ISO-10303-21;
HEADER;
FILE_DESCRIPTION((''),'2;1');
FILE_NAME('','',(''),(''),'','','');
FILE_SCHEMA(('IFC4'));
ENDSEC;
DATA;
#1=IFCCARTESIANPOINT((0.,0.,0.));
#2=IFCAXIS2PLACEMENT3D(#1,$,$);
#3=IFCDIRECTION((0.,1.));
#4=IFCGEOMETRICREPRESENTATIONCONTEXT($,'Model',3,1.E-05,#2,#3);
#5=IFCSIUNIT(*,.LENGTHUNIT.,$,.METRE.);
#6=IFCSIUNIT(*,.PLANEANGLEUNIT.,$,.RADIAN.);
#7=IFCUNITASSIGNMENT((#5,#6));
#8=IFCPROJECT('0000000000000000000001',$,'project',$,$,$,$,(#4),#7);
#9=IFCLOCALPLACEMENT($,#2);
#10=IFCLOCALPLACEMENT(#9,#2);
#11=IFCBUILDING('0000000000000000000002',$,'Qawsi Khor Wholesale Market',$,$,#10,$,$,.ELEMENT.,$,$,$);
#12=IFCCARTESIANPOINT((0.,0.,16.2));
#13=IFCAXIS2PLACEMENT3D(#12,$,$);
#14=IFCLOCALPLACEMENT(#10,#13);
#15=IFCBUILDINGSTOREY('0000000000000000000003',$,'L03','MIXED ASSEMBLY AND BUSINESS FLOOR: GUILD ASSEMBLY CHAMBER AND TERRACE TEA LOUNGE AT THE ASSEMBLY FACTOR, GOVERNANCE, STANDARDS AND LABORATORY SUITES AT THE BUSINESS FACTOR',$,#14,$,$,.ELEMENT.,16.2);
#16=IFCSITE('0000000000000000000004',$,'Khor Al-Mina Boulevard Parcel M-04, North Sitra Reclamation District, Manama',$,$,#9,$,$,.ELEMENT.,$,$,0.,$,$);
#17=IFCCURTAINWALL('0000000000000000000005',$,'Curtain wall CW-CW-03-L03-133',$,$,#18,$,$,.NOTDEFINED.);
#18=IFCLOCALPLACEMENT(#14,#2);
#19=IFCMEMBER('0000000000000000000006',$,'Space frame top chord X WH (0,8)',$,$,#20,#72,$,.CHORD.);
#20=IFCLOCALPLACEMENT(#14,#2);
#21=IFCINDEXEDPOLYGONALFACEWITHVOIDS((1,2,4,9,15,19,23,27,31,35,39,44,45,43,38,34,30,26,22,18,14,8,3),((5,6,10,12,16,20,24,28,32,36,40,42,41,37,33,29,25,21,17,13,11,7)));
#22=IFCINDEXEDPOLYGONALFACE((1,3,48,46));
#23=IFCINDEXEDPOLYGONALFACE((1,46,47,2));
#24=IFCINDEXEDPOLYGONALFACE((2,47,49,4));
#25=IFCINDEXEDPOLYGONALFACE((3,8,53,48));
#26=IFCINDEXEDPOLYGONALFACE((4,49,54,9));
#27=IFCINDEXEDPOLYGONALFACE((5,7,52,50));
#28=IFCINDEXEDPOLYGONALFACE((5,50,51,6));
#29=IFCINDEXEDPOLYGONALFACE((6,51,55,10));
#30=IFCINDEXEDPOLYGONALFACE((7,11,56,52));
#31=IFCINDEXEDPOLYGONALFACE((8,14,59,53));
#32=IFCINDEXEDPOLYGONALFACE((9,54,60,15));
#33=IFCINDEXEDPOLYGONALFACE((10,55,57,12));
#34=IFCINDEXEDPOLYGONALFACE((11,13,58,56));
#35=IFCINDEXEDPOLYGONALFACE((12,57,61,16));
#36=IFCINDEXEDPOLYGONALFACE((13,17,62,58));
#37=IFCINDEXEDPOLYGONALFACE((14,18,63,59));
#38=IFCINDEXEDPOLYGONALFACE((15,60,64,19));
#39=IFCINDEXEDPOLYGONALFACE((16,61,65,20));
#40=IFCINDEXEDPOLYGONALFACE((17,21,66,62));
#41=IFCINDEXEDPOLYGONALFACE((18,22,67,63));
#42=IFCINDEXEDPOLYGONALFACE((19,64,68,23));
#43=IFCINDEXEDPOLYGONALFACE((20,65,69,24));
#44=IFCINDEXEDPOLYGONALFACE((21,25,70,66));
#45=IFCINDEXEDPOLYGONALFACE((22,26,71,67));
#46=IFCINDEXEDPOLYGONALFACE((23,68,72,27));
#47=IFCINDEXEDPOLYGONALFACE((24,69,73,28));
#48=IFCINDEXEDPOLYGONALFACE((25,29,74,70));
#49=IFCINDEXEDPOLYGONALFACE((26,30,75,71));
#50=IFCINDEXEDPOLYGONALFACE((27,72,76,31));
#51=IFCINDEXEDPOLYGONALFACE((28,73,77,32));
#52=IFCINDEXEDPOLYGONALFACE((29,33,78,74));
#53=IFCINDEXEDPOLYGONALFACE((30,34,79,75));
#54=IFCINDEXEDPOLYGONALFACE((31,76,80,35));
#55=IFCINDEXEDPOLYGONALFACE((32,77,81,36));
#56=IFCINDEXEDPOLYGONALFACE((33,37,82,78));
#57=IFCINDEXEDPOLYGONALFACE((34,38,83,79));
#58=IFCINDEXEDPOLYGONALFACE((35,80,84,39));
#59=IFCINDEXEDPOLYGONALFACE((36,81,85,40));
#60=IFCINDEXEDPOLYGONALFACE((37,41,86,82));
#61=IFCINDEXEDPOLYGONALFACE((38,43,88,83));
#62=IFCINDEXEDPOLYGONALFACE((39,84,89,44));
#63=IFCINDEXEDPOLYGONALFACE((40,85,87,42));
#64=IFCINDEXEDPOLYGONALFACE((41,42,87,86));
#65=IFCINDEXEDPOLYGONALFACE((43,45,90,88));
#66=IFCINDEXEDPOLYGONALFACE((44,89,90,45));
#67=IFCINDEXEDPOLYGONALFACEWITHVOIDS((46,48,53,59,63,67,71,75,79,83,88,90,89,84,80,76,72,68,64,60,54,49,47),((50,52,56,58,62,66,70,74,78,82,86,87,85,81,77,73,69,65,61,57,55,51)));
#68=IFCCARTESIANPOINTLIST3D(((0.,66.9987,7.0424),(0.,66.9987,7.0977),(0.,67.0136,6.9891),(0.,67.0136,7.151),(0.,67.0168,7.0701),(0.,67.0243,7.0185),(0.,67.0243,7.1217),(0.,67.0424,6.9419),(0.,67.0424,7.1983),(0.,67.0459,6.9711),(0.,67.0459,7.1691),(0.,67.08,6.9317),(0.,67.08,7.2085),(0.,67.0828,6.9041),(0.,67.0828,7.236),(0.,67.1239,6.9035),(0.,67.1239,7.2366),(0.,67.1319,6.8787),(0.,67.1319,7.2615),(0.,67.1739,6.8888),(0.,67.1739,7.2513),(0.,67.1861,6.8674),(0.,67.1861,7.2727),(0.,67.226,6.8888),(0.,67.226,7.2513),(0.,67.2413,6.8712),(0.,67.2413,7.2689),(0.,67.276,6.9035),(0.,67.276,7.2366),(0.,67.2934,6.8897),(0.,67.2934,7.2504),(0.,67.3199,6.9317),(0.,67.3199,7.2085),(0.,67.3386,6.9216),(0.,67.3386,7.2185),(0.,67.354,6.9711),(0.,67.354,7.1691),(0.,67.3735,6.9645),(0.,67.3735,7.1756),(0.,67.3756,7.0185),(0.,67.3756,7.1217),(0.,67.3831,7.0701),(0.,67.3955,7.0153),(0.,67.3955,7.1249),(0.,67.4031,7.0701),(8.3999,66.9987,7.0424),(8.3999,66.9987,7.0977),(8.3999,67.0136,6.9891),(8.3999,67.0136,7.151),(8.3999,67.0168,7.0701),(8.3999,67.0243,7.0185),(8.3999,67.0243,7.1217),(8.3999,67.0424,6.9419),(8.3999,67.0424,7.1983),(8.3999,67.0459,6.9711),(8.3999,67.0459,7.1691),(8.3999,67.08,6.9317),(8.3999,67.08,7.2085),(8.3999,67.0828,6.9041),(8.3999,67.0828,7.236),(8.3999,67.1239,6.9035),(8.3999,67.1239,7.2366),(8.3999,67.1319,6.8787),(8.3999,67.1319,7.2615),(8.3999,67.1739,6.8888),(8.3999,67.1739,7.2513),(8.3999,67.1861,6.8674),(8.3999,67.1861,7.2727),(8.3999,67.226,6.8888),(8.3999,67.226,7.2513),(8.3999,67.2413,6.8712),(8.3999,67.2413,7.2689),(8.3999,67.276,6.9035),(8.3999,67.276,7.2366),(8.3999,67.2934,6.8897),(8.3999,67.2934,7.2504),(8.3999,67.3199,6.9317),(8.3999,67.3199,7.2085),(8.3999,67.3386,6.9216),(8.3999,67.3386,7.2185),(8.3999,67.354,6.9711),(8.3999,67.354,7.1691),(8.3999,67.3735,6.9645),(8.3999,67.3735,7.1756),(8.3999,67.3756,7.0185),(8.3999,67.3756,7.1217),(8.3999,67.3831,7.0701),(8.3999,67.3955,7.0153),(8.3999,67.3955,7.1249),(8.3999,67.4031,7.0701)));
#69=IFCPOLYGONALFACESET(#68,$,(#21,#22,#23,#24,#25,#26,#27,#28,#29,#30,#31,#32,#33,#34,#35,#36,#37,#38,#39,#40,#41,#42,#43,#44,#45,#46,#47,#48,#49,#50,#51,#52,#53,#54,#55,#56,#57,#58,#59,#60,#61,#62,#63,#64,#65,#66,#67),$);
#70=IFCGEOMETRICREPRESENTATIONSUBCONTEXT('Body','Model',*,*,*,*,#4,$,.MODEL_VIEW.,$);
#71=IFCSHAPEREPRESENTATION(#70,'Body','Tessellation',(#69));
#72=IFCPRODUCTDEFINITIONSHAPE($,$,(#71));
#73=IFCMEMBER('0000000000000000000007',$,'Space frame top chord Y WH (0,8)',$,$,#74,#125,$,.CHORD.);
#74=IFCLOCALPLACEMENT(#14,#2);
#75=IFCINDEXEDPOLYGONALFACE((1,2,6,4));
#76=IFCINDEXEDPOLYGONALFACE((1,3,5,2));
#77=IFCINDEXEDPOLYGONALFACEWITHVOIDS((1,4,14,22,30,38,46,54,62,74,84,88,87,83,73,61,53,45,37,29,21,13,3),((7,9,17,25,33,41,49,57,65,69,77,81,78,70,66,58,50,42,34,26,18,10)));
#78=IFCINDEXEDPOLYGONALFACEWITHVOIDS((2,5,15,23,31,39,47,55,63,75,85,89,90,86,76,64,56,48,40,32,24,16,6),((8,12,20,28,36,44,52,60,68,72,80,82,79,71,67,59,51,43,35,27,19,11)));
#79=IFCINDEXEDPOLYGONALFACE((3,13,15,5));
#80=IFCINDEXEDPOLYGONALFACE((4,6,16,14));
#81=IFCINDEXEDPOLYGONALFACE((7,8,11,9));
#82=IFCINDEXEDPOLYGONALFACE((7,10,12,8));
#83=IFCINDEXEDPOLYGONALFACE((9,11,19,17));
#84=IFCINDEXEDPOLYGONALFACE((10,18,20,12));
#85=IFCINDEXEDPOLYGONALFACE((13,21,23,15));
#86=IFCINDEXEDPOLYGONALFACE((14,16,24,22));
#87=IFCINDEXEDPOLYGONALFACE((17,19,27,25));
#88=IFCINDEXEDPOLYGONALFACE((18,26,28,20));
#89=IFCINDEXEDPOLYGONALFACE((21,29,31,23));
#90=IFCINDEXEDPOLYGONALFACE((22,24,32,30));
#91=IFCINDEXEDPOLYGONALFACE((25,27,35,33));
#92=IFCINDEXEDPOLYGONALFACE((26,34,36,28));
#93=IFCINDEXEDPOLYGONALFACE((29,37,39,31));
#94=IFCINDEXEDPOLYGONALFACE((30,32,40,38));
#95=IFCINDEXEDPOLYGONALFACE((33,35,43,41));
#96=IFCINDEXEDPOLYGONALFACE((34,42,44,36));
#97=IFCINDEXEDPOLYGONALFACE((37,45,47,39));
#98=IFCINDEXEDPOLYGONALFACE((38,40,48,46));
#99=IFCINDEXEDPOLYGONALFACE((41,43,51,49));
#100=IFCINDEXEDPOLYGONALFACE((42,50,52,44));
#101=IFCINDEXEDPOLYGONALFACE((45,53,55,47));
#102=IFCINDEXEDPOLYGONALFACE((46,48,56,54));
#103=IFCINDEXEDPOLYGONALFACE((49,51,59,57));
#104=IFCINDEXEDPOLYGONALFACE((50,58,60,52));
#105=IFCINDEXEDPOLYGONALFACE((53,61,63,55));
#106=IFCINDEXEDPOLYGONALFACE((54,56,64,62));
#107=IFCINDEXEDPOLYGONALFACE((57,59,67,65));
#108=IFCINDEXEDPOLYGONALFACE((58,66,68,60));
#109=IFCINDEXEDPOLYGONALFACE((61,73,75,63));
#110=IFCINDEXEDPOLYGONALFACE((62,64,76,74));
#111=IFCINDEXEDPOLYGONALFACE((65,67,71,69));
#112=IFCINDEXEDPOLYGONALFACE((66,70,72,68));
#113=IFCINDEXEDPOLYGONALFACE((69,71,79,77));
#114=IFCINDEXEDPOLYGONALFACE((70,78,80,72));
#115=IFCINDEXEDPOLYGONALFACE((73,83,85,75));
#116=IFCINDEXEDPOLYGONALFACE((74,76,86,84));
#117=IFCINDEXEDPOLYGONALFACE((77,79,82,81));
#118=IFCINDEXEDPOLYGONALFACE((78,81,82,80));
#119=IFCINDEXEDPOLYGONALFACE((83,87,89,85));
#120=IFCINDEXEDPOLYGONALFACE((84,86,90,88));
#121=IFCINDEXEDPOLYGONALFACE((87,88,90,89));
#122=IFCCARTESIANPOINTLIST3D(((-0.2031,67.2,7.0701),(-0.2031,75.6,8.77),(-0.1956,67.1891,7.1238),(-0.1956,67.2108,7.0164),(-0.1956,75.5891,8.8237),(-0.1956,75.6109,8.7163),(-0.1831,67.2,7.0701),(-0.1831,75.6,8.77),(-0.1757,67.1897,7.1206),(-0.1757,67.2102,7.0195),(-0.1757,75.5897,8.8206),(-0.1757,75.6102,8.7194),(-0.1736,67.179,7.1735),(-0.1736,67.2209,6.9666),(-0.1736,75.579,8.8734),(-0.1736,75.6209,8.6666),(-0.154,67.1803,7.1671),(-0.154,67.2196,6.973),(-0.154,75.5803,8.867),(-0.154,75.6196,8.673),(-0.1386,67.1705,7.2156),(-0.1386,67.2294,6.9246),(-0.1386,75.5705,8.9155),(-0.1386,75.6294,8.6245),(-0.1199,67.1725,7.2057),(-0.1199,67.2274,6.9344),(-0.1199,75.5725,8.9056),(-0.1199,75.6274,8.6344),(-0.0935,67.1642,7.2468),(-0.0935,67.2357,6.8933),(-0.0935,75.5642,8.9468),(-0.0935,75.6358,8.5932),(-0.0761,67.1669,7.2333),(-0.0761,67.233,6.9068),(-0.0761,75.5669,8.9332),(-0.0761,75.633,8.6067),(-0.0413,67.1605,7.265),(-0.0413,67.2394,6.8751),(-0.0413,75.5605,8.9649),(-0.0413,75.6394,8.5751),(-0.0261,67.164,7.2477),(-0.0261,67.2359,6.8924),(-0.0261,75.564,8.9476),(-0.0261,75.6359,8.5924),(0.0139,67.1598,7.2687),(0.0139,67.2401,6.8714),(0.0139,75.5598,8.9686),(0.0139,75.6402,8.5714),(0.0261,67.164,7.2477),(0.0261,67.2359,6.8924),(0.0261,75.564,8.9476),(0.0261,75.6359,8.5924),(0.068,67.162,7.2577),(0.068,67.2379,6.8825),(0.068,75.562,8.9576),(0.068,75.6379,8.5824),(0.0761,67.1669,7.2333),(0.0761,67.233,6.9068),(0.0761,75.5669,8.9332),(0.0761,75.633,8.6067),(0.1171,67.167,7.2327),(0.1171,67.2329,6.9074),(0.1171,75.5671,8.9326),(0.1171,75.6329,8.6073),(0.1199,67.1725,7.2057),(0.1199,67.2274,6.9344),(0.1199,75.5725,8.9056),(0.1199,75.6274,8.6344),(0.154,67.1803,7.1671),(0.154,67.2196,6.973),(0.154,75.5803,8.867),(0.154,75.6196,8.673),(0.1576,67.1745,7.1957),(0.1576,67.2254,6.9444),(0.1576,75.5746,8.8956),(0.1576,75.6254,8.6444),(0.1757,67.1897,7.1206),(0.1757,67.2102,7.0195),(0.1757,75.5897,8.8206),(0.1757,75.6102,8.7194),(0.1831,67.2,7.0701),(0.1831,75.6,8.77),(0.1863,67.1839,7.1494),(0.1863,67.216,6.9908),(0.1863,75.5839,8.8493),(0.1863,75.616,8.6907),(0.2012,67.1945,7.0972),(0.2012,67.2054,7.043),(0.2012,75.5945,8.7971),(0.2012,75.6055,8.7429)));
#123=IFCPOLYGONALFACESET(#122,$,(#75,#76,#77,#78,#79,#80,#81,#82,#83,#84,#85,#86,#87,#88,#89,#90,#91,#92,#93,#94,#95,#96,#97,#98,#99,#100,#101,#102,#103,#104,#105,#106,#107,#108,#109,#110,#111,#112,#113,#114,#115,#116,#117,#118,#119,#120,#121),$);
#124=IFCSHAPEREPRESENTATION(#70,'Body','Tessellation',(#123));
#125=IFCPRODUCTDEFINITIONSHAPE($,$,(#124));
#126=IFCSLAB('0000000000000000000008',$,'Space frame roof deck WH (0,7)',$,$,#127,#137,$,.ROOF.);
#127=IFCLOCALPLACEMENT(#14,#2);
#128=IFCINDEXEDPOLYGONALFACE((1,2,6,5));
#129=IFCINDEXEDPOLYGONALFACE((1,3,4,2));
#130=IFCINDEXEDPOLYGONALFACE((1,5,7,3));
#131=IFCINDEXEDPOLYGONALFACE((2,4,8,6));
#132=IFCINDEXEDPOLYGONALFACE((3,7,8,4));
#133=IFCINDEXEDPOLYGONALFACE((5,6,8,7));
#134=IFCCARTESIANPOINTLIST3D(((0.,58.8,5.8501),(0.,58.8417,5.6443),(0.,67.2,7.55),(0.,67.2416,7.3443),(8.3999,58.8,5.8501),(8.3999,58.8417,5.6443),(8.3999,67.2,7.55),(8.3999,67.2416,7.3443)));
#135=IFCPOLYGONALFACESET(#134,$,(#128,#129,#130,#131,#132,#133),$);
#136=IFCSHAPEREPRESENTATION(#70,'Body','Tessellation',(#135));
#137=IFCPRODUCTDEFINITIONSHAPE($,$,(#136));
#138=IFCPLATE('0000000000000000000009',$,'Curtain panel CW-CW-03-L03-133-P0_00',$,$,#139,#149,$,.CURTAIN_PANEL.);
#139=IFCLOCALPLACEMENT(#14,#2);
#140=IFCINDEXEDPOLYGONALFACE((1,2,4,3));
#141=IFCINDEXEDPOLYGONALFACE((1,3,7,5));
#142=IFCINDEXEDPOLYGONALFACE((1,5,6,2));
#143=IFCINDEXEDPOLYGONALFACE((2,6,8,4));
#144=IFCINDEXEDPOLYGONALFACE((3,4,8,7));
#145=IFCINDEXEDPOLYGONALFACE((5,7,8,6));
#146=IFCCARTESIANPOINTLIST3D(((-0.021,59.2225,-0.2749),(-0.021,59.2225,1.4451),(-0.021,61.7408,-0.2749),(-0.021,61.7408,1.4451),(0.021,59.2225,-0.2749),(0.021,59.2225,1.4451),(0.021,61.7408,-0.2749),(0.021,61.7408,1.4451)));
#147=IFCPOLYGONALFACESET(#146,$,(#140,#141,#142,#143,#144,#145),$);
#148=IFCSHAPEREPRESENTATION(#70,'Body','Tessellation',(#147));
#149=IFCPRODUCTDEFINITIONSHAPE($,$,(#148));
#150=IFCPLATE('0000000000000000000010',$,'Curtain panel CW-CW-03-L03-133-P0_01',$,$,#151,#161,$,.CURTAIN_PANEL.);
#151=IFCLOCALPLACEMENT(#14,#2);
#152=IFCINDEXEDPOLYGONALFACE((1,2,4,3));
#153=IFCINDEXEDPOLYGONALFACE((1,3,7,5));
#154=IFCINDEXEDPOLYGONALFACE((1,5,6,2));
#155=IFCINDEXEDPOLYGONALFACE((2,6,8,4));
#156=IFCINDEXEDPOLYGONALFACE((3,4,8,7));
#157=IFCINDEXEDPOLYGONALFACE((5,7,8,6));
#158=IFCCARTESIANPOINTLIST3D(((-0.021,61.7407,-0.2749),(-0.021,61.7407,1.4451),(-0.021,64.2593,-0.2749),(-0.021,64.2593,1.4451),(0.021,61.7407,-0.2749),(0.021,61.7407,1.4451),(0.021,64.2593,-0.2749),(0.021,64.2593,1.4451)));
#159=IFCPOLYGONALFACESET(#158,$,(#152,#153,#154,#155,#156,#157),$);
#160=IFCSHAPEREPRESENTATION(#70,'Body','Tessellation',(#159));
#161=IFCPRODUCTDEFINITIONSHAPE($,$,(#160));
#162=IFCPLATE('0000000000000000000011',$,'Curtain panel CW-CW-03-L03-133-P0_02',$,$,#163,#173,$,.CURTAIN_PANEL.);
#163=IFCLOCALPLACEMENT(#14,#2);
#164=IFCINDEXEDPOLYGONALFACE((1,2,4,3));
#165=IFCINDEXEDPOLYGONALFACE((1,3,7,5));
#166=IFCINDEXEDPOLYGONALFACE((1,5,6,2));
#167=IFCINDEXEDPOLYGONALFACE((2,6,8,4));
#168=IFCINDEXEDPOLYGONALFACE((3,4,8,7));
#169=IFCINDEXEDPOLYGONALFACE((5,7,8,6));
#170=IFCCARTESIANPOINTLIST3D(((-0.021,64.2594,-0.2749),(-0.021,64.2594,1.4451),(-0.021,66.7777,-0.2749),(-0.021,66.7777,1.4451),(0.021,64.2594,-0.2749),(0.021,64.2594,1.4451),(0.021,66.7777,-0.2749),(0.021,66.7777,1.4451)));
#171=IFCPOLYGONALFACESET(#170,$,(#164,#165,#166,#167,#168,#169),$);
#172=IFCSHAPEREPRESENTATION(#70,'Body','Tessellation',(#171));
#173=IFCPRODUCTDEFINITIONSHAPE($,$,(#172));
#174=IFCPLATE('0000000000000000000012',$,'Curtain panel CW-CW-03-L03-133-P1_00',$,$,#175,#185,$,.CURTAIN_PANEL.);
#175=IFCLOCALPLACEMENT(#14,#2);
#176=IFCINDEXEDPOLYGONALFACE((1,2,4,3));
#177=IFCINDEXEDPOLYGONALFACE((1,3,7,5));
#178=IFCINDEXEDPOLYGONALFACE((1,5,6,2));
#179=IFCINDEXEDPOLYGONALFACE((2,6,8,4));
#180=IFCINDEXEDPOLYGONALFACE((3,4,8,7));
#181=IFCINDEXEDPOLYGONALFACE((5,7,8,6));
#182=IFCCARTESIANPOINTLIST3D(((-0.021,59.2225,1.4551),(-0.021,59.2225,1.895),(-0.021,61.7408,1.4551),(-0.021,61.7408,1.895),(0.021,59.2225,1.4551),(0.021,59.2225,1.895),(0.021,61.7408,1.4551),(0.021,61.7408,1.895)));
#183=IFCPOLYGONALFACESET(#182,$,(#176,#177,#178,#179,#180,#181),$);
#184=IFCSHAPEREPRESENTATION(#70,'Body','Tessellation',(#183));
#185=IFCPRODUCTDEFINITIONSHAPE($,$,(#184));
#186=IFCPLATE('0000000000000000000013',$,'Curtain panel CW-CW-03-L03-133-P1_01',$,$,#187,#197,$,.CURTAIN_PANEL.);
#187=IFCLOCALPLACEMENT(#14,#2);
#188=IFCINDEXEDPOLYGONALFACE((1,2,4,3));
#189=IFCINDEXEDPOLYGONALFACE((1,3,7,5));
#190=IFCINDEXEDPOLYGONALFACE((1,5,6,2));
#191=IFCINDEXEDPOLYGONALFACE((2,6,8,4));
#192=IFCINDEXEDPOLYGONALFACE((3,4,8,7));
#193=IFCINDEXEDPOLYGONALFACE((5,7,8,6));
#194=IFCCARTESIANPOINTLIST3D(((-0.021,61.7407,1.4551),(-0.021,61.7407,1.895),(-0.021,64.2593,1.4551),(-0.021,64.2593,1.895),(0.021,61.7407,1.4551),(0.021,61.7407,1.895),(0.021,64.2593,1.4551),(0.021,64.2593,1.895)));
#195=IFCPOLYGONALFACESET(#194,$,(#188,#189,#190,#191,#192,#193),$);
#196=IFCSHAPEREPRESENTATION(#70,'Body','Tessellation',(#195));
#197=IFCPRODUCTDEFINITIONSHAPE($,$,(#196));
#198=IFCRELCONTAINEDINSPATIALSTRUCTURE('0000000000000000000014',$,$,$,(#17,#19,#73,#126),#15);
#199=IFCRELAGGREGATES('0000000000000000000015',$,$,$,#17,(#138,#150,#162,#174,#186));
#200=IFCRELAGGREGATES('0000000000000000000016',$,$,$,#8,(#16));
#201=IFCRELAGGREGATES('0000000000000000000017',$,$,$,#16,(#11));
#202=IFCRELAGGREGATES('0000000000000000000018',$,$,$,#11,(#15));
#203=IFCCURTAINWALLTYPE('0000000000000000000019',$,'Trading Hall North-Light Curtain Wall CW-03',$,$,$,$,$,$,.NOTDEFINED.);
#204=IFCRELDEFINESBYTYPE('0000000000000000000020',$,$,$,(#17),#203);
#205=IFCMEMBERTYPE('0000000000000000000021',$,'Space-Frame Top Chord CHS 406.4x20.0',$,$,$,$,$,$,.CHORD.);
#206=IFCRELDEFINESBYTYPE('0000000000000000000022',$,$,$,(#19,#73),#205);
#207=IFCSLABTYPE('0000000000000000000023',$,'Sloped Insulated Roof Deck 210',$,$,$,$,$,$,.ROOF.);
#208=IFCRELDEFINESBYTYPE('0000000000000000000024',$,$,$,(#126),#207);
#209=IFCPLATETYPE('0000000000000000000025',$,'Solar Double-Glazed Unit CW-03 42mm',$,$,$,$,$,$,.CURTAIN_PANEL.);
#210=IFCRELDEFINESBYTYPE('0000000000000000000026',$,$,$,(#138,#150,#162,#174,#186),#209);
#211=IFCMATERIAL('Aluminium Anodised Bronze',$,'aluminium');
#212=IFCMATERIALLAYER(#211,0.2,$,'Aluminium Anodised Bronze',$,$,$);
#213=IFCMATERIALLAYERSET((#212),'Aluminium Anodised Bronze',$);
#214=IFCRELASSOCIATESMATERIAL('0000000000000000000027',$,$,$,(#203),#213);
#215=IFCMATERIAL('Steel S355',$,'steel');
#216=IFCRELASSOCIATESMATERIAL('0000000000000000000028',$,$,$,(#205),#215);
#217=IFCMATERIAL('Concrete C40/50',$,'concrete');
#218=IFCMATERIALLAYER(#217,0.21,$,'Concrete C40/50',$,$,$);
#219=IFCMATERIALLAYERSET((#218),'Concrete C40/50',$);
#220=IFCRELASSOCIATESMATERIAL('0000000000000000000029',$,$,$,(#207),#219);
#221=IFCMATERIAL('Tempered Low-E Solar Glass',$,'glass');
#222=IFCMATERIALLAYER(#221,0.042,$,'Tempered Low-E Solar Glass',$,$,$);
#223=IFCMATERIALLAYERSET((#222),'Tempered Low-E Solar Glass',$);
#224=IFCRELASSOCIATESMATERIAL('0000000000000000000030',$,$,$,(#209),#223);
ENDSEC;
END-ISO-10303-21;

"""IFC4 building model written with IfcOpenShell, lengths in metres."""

from ifc_helpers import new_model, si_unit, direction, frame, frame_2d, origin, origin_2d, place, context, subcontext, project, spatial, polyline, rectangle, hollow_circle, outline, extrude, material, layer, layer_set, material_profile, profile_set, type_object, element, aggregate, save


model = new_model("IFC4")

# Units and contexts
model_context = context("Model", 3, precision=1e-05, world=origin(), true_north=direction((0.0, 1.0)))
body_context = subcontext(model_context, "Body", "Model", "MODEL_VIEW")
ifc_project = project(units=[si_unit("LENGTHUNIT", "METRE"), si_unit("PLANEANGLEUNIT", "RADIAN")], contexts=[model_context])

# Site, building, storey
site_placement = place(None, origin())
site = spatial("IfcSite", under=ifc_project, at=site_placement, Name="Khor Al-Mina Boulevard Parcel M-04, North Sitra Reclamation District, Manama", CompositionType="ELEMENT", RefElevation=0.0)
building_placement = place(site_placement, origin())
building = spatial("IfcBuilding", under=site, at=building_placement, Name="Qawsi Khor Wholesale Market", CompositionType="ELEMENT")
storey_placement = place(building_placement, frame((0.0, 0.0, 16.2)))
storey = spatial("IfcBuildingStorey", under=building, at=storey_placement, Name="L03", Description="MIXED ASSEMBLY AND BUSINESS FLOOR: GUILD ASSEMBLY CHAMBER AND TERRACE TEA LOUNGE AT THE ASSEMBLY FACTOR, GOVERNANCE, STANDARDS AND LABORATORY SUITES AT THE BUSINESS FACTOR", CompositionType="ELEMENT", Elevation=16.2)

# Shared definitions
ifc_material_1 = material(Name="Concrete C40/50", Category="concrete")

# Curtain wall
ifc_material_2 = material(Name="Aluminium Anodised Bronze", Category="aluminium")
ifc_layer_1 = layer(ifc_material_2, 0.2, Name="Aluminium Anodised Bronze")
ifc_layer_set_1 = layer_set([ifc_layer_1], Name="Aluminium Anodised Bronze")
curtain_wall_type = type_object("IfcCurtainWallType", Name="Trading Hall North-Light Curtain Wall CW-03", PredefinedType="NOTDEFINED", material=ifc_layer_set_1)
curtain_wall_placement = place(storey_placement, origin())
curtain_wall = element("IfcCurtainWall", 1, at=curtain_wall_placement, inside=storey, type_object=curtain_wall_type, Name="Curtain wall CW-CW-03-L03-133", PredefinedType="NOTDEFINED")

# Members
ifc_material_3 = material(Name="Steel S355", Category="steel")
ifc_material_profile_1 = material_profile(ifc_material_3, hollow_circle(Radius=0.2031, WallThickness=0.02, at=origin_2d()), Name="CHS 406.4x20.0")
ifc_profile_set_1 = profile_set([ifc_material_profile_1], Name="Steel S355")
member_type_1 = type_object("IfcMemberType", Name="Space-Frame Top Chord CHS 406.4x20.0", PredefinedType="CHORD", material=ifc_profile_set_1)
member_1_placement = place(storey_placement, frame((0.0, 67.2, 7.0701), z_axis=(1.0, 0.0, 0.0), x_axis=(0.0, 1.0, 0.0)))
element("IfcMember", 2, at=member_1_placement, inside=storey, type_object=member_type_1, Name="Space frame top chord X WH (0,8)", PredefinedType="CHORD", context=body_context, shape_type="SweptSolid", body=[
    extrude(hollow_circle(Radius=0.2031, WallThickness=0.02, at=origin_2d()), origin(), (0.0, 0.0, 1.0), 8.3999),
])
member_2_placement = place(storey_placement, frame((0.0, 67.2, 7.0701), z_axis=(0.0, 0.980131, 0.198351), x_axis=(-1.0, 0.0, 0.0)))
element("IfcMember", 3, at=member_2_placement, inside=storey, type_object=member_type_1, Name="Space frame top chord Y WH (0,8)", PredefinedType="CHORD", context=body_context, shape_type="SweptSolid", body=[
    extrude(hollow_circle(Radius=0.2031, WallThickness=0.02, at=origin_2d()), origin(), (0.0, 0.0, 1.0), 8.5703),
])

# Slab
ifc_layer_2 = layer(ifc_material_1, 0.21, Name="Concrete C40/50")
ifc_layer_set_2 = layer_set([ifc_layer_2], Name="Concrete C40/50")
slab_type = type_object("IfcSlabType", Name="Sloped Insulated Roof Deck 210", PredefinedType="ROOF", material=ifc_layer_set_2)
slab_placement = place(storey_placement, frame((0.0, 58.8, 5.8501), z_axis=(0.0, -0.198356, 0.98013), x_axis=(1.0, 0.0, 0.0)))
element("IfcSlab", 4, at=slab_placement, inside=storey, type_object=slab_type, Name="Space frame roof deck WH (0,7)", PredefinedType="ROOF", context=body_context, shape_type="SweptSolid", body=[
    extrude(outline(polyline([(0.0, 0.0), (8.3999, 0.0), (8.3999, 8.5702), (0.0, 8.5702), (0.0, 0.0)])), origin(), (0.0, 0.0, -1.0), 0.21),
])

# Plates
ifc_material_4 = material(Name="Tempered Low-E Solar Glass", Category="glass")
ifc_layer_3 = layer(ifc_material_4, 0.042, Name="Tempered Low-E Solar Glass")
ifc_layer_set_3 = layer_set([ifc_layer_3], Name="Tempered Low-E Solar Glass")
plate_type = type_object("IfcPlateType", Name="Solar Double-Glazed Unit CW-03 42mm", PredefinedType="CURTAIN_PANEL", material=ifc_layer_set_3)
plate_1_placement = place(storey_placement, frame((0.0, 59.2224, -0.2749), z_axis=(0.0, 0.0, 1.0), x_axis=(0.0, 1.0, 0.0)))
plate_1 = element("IfcPlate", 5, at=plate_1_placement, type_object=plate_type, Name="Curtain panel CW-CW-03-L03-133-P0_00", PredefinedType="CURTAIN_PANEL", context=body_context, shape_type="SweptSolid", body=[
    extrude(rectangle(XDim=2.5183, YDim=0.042, at=frame_2d((1.2593, 0.0))), origin(), (0.0, 0.0, 1.0), 1.72),
])
plate_2_placement = place(storey_placement, frame((0.0, 61.7407, -0.2749), z_axis=(0.0, 0.0, 1.0), x_axis=(0.0, 1.0, 0.0)))
plate_2 = element("IfcPlate", 6, at=plate_2_placement, type_object=plate_type, Name="Curtain panel CW-CW-03-L03-133-P0_01", PredefinedType="CURTAIN_PANEL", context=body_context, shape_type="SweptSolid", body=[
    extrude(rectangle(XDim=2.5186, YDim=0.042, at=frame_2d((1.2593, 0.0))), origin(), (0.0, 0.0, 1.0), 1.72),
])
plate_3_placement = place(storey_placement, frame((0.0, 64.2593, -0.2749), z_axis=(0.0, 0.0, 1.0), x_axis=(0.0, 1.0, 0.0)))
plate_3 = element("IfcPlate", 7, at=plate_3_placement, type_object=plate_type, Name="Curtain panel CW-CW-03-L03-133-P0_02", PredefinedType="CURTAIN_PANEL", context=body_context, shape_type="SweptSolid", body=[
    extrude(rectangle(XDim=2.5183, YDim=0.042, at=frame_2d((1.2593, 0.0))), origin(), (0.0, 0.0, 1.0), 1.72),
])
plate_4_placement = place(storey_placement, frame((0.0, 59.2224, 1.4551), z_axis=(0.0, 0.0, 1.0), x_axis=(0.0, 1.0, 0.0)))
plate_4 = element("IfcPlate", 8, at=plate_4_placement, type_object=plate_type, Name="Curtain panel CW-CW-03-L03-133-P1_00", PredefinedType="CURTAIN_PANEL", context=body_context, shape_type="SweptSolid", body=[
    extrude(rectangle(XDim=2.5183, YDim=0.042, at=frame_2d((1.2593, 0.0))), origin(), (0.0, 0.0, 1.0), 0.4399),
])
plate_5_placement = place(storey_placement, frame((0.0, 61.7407, 1.4551), z_axis=(0.0, 0.0, 1.0), x_axis=(0.0, 1.0, 0.0)))
plate_5 = element("IfcPlate", 9, at=plate_5_placement, type_object=plate_type, Name="Curtain panel CW-CW-03-L03-133-P1_01", PredefinedType="CURTAIN_PANEL", context=body_context, shape_type="SweptSolid", body=[
    extrude(rectangle(XDim=2.5186, YDim=0.042, at=frame_2d((1.2593, 0.0))), origin(), (0.0, 0.0, 1.0), 0.4399),
])
aggregate(curtain_wall, [plate_1, plate_2, plate_3, plate_4, plate_5])

save(model, "model.ifc")
